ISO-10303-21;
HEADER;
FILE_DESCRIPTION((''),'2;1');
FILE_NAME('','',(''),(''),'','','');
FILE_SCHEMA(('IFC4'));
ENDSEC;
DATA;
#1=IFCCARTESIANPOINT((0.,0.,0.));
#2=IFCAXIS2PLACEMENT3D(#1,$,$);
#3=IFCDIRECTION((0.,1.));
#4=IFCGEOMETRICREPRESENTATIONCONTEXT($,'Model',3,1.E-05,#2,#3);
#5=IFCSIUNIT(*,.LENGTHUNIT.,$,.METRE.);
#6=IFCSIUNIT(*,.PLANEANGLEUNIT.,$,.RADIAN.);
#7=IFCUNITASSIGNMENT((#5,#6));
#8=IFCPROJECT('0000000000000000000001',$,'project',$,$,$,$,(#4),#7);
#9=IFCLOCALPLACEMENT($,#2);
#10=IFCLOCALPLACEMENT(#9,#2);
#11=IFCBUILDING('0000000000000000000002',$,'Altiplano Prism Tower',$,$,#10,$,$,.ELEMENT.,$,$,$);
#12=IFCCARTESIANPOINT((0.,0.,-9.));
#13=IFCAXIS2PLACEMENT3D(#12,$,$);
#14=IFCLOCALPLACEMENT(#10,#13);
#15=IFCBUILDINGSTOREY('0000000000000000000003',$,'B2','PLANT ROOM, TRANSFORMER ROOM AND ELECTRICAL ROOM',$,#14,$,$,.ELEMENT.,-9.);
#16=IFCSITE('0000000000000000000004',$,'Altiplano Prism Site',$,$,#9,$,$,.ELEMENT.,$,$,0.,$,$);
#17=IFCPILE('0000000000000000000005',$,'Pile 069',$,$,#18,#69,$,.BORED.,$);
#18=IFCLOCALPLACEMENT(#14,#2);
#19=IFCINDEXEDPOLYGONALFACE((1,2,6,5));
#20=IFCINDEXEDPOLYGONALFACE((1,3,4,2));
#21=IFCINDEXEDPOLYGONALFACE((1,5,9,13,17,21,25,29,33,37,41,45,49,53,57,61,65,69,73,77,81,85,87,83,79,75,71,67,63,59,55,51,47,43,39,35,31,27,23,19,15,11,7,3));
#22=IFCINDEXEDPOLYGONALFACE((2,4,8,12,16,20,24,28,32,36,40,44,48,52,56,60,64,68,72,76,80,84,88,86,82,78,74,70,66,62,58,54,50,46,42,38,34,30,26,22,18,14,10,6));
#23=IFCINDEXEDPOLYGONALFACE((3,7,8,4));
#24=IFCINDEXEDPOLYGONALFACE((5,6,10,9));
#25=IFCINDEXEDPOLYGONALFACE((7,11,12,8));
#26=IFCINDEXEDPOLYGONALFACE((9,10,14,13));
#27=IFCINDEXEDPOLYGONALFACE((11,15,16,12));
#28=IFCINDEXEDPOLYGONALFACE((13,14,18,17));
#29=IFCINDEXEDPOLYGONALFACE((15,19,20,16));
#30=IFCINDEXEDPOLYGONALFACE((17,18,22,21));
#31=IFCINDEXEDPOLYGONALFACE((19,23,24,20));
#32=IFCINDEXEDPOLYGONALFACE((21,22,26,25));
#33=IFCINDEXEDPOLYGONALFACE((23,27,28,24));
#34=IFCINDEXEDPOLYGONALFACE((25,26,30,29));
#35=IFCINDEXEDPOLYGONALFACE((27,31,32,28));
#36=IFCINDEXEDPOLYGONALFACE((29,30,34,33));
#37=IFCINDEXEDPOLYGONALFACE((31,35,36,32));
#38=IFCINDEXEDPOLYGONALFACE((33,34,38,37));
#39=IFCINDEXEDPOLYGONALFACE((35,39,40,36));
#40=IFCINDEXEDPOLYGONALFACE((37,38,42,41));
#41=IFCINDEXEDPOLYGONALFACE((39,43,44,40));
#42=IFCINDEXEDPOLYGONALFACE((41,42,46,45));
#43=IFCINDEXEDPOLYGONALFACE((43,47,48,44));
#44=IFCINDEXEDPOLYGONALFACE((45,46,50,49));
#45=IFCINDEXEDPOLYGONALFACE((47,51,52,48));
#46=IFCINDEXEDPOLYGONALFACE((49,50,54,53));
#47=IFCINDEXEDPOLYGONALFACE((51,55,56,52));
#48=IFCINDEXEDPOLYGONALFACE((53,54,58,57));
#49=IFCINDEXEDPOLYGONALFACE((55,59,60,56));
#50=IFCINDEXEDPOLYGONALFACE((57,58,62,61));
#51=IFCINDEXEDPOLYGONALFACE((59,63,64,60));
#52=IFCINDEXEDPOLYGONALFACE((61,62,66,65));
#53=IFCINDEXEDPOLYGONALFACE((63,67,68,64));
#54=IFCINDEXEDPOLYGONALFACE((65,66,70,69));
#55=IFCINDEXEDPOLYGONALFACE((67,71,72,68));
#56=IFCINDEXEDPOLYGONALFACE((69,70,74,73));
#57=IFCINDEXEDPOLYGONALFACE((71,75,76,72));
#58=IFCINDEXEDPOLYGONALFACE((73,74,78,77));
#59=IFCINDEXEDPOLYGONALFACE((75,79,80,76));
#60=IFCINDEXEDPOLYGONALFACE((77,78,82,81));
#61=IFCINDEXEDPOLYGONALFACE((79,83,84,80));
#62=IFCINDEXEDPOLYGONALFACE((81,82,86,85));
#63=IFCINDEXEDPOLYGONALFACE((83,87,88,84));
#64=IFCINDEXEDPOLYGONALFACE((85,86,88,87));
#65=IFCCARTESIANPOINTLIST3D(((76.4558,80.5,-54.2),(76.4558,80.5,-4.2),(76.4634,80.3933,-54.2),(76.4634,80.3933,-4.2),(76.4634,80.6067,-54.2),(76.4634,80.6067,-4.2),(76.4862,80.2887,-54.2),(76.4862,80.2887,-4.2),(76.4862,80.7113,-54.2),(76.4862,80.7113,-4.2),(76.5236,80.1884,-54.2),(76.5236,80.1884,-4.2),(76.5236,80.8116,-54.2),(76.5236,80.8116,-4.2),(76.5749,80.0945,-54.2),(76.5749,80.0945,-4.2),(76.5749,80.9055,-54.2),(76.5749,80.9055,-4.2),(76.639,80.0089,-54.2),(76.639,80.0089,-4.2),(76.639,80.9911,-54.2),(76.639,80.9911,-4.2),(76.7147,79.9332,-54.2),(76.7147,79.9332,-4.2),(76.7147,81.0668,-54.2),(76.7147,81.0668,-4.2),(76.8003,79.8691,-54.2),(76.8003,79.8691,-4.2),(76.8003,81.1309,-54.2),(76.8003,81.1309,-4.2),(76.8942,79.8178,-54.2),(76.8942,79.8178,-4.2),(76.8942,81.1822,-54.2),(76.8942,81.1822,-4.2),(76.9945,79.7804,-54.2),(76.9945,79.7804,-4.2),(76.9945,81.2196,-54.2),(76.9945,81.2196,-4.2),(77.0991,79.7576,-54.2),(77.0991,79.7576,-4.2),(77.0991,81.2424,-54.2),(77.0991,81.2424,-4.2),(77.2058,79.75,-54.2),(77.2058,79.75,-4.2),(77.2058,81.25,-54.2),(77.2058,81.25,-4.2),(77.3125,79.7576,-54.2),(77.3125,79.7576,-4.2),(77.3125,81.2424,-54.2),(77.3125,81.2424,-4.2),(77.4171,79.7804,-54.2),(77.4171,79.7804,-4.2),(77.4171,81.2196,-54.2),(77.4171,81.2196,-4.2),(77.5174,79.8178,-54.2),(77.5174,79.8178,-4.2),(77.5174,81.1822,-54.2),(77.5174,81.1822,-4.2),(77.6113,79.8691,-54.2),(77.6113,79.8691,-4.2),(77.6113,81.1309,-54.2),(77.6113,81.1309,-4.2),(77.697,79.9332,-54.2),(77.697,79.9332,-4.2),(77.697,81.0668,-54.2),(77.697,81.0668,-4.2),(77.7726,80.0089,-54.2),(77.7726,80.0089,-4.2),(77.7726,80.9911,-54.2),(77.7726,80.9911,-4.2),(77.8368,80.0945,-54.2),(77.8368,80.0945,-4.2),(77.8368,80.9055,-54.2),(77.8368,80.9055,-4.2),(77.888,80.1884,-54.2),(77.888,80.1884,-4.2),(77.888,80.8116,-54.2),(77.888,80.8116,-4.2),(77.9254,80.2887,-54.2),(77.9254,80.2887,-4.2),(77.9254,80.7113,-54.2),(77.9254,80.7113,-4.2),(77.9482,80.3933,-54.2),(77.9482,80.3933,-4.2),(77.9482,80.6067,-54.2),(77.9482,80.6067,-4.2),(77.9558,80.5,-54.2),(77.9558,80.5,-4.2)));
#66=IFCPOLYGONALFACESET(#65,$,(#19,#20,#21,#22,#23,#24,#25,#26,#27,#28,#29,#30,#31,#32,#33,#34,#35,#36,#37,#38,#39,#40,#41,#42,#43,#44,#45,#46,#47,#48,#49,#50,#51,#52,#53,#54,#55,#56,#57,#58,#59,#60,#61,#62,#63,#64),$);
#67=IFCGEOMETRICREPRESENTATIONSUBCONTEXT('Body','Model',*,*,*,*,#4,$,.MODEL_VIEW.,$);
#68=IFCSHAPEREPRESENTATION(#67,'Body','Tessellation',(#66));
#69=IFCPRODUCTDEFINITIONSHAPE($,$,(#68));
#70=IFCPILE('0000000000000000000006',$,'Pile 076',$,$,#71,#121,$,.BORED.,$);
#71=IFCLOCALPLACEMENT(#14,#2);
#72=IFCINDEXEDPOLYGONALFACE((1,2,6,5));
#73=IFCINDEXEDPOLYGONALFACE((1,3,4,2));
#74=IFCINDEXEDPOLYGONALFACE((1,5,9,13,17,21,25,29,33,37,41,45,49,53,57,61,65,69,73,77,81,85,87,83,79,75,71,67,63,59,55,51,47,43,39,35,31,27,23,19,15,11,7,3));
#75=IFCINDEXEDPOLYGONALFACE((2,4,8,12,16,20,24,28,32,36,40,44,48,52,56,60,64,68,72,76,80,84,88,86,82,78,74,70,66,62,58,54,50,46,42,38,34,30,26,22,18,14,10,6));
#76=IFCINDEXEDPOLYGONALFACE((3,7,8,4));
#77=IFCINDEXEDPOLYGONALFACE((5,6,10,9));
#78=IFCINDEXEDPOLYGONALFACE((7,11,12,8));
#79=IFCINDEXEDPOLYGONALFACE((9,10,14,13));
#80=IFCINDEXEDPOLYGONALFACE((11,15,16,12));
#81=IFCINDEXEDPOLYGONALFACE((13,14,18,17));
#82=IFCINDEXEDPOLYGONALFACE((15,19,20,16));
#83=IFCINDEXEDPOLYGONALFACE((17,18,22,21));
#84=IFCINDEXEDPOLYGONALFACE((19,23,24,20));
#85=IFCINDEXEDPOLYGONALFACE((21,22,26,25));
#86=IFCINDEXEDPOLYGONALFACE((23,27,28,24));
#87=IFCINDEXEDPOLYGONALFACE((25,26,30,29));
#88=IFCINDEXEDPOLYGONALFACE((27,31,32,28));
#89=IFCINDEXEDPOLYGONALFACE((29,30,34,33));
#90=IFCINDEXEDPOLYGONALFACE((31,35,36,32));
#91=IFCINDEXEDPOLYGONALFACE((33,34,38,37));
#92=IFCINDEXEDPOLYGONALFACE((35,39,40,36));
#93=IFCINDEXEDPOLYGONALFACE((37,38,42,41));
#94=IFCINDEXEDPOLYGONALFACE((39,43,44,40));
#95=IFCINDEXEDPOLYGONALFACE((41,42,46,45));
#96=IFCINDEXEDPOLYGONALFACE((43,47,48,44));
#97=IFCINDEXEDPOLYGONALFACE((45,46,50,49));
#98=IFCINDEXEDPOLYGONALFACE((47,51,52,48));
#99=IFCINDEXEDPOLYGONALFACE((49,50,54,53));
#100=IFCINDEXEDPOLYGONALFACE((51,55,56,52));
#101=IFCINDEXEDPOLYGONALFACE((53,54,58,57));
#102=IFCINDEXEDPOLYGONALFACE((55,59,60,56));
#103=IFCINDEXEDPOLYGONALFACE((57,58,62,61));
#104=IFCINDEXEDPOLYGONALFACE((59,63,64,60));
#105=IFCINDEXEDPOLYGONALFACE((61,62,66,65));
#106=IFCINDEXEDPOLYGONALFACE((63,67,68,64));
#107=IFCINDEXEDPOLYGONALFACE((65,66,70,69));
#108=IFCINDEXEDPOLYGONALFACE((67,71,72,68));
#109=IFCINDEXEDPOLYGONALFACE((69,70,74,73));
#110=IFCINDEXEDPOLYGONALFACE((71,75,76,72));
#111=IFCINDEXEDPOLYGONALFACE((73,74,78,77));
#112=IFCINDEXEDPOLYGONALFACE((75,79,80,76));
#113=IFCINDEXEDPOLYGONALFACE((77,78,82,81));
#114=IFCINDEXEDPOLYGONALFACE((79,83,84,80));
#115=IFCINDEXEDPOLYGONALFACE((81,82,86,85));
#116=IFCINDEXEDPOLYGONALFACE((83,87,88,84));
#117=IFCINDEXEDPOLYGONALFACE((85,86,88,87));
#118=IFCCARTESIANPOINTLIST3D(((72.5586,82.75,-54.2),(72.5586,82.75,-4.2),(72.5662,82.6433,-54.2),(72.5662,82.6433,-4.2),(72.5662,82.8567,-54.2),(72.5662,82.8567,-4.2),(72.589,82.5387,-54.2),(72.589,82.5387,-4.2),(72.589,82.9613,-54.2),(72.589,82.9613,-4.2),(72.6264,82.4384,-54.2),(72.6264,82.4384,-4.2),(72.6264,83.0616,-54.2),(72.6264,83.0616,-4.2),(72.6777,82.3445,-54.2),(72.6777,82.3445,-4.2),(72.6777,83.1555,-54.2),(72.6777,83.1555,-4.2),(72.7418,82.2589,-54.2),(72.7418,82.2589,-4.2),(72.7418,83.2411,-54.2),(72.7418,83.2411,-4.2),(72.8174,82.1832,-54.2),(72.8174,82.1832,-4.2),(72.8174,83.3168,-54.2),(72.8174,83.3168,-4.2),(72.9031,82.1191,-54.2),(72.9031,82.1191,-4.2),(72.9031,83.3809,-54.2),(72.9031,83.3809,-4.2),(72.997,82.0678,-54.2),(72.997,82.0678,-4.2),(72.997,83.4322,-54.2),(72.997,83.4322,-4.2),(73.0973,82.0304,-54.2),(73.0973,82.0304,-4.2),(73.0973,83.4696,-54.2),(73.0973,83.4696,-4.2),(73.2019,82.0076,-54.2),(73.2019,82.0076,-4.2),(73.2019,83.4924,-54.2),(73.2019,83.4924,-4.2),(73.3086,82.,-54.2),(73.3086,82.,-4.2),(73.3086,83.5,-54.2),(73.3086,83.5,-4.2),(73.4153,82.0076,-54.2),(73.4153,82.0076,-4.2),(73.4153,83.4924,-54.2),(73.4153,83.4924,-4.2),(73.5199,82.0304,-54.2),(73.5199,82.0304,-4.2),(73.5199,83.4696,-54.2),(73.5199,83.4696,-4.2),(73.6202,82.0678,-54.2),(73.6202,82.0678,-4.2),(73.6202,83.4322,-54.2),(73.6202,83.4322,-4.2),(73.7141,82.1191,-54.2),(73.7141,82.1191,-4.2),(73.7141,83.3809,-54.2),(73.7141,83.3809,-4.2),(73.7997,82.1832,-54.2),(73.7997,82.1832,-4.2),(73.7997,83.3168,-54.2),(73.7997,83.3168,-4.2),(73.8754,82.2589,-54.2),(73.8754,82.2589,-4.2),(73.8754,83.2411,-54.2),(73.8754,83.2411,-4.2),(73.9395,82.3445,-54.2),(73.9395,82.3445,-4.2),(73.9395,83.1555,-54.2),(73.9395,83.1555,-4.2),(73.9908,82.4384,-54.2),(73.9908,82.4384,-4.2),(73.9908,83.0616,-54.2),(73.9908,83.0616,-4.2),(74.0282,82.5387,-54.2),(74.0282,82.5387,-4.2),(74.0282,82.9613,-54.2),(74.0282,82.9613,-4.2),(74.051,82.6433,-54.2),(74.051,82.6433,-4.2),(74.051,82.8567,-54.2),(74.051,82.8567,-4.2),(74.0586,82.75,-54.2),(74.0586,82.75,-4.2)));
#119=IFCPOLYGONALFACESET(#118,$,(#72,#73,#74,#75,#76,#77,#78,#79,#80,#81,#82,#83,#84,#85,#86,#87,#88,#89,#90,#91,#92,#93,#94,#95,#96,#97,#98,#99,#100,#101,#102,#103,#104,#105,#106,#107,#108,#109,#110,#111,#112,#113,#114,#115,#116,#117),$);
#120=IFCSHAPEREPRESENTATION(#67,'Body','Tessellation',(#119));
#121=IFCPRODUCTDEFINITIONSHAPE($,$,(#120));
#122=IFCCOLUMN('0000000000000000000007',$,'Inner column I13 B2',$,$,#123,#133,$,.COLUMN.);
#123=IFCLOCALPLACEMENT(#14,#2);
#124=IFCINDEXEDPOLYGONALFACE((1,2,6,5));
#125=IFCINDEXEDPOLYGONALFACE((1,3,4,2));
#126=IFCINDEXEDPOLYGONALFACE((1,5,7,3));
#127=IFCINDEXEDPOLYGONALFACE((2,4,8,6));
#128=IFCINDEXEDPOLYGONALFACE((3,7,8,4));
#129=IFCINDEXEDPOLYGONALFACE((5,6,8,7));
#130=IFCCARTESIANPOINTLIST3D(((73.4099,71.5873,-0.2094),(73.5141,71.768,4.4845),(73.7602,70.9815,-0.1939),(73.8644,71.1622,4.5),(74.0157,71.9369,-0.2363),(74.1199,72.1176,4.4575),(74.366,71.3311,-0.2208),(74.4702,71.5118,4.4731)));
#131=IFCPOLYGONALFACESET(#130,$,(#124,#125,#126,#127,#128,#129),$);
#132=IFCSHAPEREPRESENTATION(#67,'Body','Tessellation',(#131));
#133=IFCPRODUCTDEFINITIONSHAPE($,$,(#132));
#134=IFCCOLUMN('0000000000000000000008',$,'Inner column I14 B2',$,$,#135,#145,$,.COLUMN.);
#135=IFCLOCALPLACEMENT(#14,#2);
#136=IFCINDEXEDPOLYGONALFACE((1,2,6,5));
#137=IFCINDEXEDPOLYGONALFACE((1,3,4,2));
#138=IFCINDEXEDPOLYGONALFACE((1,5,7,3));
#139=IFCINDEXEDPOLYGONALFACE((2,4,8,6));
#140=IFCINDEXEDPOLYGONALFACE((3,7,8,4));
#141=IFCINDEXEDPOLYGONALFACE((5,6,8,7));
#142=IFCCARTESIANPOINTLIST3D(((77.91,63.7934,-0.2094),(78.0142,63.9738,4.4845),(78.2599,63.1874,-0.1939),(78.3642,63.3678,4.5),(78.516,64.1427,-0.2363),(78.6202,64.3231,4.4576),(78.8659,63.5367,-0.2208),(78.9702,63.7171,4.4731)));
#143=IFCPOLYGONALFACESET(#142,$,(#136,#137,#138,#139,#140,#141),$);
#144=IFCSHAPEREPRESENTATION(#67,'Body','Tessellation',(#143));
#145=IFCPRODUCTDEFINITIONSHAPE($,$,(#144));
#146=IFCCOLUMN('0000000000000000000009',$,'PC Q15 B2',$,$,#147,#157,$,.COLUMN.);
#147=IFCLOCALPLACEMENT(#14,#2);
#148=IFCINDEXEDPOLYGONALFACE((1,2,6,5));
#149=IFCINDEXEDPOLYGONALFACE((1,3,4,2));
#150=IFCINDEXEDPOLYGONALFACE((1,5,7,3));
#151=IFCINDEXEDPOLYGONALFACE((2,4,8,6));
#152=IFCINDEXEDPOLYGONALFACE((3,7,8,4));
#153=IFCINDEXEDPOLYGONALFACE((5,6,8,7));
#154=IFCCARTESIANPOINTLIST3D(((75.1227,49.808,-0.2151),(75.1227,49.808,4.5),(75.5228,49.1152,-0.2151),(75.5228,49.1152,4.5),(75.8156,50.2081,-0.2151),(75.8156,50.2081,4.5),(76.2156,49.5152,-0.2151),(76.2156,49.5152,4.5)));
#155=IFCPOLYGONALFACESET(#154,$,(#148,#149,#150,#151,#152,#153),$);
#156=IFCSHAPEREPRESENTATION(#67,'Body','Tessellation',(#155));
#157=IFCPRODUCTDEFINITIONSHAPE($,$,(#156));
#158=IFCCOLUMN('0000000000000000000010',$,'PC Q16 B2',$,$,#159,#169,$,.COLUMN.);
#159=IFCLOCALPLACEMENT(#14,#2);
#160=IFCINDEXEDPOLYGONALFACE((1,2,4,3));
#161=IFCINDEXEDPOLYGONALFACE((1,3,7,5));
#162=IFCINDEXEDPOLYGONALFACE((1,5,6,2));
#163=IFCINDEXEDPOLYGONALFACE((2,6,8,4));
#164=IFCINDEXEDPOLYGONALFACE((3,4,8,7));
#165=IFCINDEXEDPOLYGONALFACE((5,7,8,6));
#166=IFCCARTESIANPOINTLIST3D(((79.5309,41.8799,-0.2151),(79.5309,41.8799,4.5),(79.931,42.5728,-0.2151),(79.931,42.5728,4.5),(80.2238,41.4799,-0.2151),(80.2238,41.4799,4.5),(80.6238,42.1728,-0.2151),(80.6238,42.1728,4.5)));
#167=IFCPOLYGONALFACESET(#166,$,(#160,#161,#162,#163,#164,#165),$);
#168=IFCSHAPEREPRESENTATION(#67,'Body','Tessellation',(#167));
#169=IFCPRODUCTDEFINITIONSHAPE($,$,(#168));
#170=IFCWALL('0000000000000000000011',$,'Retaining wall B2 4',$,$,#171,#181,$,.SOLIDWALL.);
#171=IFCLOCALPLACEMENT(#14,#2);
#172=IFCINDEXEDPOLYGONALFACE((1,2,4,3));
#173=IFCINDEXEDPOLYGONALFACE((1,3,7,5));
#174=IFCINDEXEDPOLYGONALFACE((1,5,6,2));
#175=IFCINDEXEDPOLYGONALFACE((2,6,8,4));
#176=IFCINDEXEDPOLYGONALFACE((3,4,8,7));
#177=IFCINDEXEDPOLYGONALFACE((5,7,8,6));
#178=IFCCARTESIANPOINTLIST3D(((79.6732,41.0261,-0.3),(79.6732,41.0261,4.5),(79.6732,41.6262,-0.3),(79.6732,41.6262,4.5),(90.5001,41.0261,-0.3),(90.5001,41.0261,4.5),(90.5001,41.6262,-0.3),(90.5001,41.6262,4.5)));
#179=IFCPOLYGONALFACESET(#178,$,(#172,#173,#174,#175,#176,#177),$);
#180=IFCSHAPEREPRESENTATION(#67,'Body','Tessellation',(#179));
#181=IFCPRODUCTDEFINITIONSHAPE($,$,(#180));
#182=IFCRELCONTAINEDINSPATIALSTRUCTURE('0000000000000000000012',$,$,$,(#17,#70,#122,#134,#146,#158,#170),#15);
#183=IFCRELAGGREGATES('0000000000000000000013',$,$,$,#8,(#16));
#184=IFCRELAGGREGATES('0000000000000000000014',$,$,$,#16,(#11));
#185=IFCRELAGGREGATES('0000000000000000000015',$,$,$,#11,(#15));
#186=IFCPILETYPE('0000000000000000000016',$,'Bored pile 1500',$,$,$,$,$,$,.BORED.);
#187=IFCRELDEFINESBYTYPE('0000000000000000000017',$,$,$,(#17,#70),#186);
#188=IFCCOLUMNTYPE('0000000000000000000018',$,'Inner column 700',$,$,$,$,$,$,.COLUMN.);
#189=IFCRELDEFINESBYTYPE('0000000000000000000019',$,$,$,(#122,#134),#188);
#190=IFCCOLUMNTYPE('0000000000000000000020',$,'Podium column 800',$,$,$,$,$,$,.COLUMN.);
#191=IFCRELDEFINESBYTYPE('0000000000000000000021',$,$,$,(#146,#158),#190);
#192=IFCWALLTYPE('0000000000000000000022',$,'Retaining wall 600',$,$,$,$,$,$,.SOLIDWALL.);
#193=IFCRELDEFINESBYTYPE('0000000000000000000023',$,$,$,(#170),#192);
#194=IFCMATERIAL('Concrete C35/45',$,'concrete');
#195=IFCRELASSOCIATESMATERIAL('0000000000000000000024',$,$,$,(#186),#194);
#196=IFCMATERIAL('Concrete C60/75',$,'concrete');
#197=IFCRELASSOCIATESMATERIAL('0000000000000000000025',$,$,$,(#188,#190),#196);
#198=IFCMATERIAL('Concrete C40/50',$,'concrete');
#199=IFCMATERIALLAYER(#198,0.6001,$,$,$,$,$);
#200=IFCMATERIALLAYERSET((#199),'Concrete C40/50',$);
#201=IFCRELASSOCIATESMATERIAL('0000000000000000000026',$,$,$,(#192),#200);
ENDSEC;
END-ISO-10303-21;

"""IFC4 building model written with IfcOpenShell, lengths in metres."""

from ifc_helpers import new_model, si_unit, direction, frame, frame_2d, origin, origin_2d, place, context, subcontext, project, spatial, rectangle, circle, extrude, material, layer, layer_set, material_profile, profile_set, type_object, element, save


model = new_model("IFC4")

# Units and contexts
model_context = context("Model", 3, precision=1e-05, world=origin(), true_north=direction((0.0, 1.0)))
body_context = subcontext(model_context, "Body", "Model", "MODEL_VIEW")
ifc_project = project(units=[si_unit("LENGTHUNIT", "METRE"), si_unit("PLANEANGLEUNIT", "RADIAN")], contexts=[model_context])

# Site, building, storey
site_placement = place(None, origin())
site = spatial("IfcSite", under=ifc_project, at=site_placement, Name="Altiplano Prism Site", CompositionType="ELEMENT", RefElevation=0.0)
building_placement = place(site_placement, origin())
building = spatial("IfcBuilding", under=site, at=building_placement, Name="Altiplano Prism Tower", CompositionType="ELEMENT")
storey_placement = place(building_placement, frame((0.0, 0.0, -9.0)))
storey = spatial("IfcBuildingStorey", under=building, at=storey_placement, Name="B2", Description="PLANT ROOM, TRANSFORMER ROOM AND ELECTRICAL ROOM", CompositionType="ELEMENT", Elevation=-9.0)

# Piles
ifc_material_1 = material(Name="Concrete C35/45", Category="concrete")
ifc_material_profile_1 = material_profile(ifc_material_1, circle(Radius=0.75, at=origin_2d()), Name="Bored pile 1500")
ifc_profile_set_1 = profile_set([ifc_material_profile_1], Name="Concrete C35/45")
pile_type = type_object("IfcPileType", Name="Bored pile 1500", PredefinedType="BORED", material=ifc_profile_set_1)
for number, where, z_axis, x_axis, name in (
    (1, (77.2058, 80.5, -4.2), (0.0, 0.0, -1.0), (1.0, 0.0, 0.0), "Pile 069"),
    (2, (73.3086, 82.75, -4.2), (0.0, 0.0, -1.0), (1.0, 0.0, 0.0), "Pile 076"),
):
    element("IfcPile", number, at=place(storey_placement, frame(where, z_axis=z_axis, x_axis=x_axis)), inside=storey, type_object=pile_type, Name=name, PredefinedType="BORED", context=body_context, shape_type="SweptSolid", body=[
        extrude(circle(Radius=0.75, at=origin_2d()), origin(), (0.0, 0.0, 1.0), 50.0),
    ])

# Columns
ifc_material_2 = material(Name="Concrete C60/75", Category="concrete")
ifc_material_profile_2 = material_profile(ifc_material_2, rectangle(XDim=0.7, YDim=0.7, at=origin_2d()), Name="Inner column 700")
ifc_profile_set_2 = profile_set([ifc_material_profile_2], Name="Concrete C60/75")
column_type_1 = type_object("IfcColumnType", Name="Inner column 700", PredefinedType="COLUMN", material=ifc_profile_set_2)
for number, where, z_axis, x_axis, name in (
    (3, (73.8879, 71.4592, -0.2151), (0.022188, 0.038452, 0.999014), (-0.86548, -0.499466, 0.038446), "Inner column I13 B2"),
    (4, (78.3879, 63.665, -0.2151), (0.022188, 0.0384, 0.999016), (-0.865772, -0.498963, 0.038407), "Inner column I14 B2"),
):
    element("IfcColumn", number, at=place(storey_placement, frame(where, z_axis=z_axis, x_axis=x_axis)), inside=storey, type_object=column_type_1, Name=name, PredefinedType="COLUMN", context=body_context, shape_type="SweptSolid", body=[
        extrude(rectangle(XDim=0.7, YDim=0.7, at=origin_2d()), origin(), (0.0, 0.0, 1.0), 4.6985),
    ])
ifc_material_profile_3 = material_profile(ifc_material_2, rectangle(XDim=0.8, YDim=0.8, at=origin_2d()), Name="Podium column 800")
ifc_profile_set_3 = profile_set([ifc_material_profile_3], Name="Concrete C60/75")
column_type_2 = type_object("IfcColumnType", Name="Podium column 800", PredefinedType="COLUMN", material=ifc_profile_set_3)
for number, where, z_axis, x_axis, name in (
    (5, (75.6692, 49.6616, -0.2151), (0.0, 0.0, 1.0), (0.866025, 0.5, 0.0), "PC Q15 B2"),
    (6, (80.0774, 42.0264, -0.2151), (0.0, 0.0, 1.0), (0.5, 0.866025, 0.0), "PC Q16 B2"),
):
    element("IfcColumn", number, at=place(storey_placement, frame(where, z_axis=z_axis, x_axis=x_axis)), inside=storey, type_object=column_type_2, Name=name, PredefinedType="COLUMN", context=body_context, shape_type="SweptSolid", body=[
        extrude(rectangle(XDim=0.8, YDim=0.8, at=origin_2d()), origin(), (0.0, 0.0, 1.0), 4.7151),
    ])

# Wall
ifc_material_3 = material(Name="Concrete C40/50", Category="concrete")
ifc_layer = layer(ifc_material_3, 0.6001)
ifc_layer_set = layer_set([ifc_layer], Name="Concrete C40/50")
wall_type = type_object("IfcWallType", Name="Retaining wall 600", PredefinedType="SOLIDWALL", material=ifc_layer_set)
wall_placement = place(storey_placement, frame((79.6731, 41.3262, -0.3), z_axis=(0.0, 0.0, 1.0), x_axis=(1.0, 0.0, 0.0)))
element("IfcWall", 7, at=wall_placement, inside=storey, type_object=wall_type, Name="Retaining wall B2 4", PredefinedType="SOLIDWALL", context=body_context, shape_type="SweptSolid", body=[
    extrude(rectangle(XDim=10.8269, YDim=0.6001, at=frame_2d((5.4136, 0.0))), origin(), (0.0, 0.0, 1.0), 4.8),
])

save(model, "model.ifc")
